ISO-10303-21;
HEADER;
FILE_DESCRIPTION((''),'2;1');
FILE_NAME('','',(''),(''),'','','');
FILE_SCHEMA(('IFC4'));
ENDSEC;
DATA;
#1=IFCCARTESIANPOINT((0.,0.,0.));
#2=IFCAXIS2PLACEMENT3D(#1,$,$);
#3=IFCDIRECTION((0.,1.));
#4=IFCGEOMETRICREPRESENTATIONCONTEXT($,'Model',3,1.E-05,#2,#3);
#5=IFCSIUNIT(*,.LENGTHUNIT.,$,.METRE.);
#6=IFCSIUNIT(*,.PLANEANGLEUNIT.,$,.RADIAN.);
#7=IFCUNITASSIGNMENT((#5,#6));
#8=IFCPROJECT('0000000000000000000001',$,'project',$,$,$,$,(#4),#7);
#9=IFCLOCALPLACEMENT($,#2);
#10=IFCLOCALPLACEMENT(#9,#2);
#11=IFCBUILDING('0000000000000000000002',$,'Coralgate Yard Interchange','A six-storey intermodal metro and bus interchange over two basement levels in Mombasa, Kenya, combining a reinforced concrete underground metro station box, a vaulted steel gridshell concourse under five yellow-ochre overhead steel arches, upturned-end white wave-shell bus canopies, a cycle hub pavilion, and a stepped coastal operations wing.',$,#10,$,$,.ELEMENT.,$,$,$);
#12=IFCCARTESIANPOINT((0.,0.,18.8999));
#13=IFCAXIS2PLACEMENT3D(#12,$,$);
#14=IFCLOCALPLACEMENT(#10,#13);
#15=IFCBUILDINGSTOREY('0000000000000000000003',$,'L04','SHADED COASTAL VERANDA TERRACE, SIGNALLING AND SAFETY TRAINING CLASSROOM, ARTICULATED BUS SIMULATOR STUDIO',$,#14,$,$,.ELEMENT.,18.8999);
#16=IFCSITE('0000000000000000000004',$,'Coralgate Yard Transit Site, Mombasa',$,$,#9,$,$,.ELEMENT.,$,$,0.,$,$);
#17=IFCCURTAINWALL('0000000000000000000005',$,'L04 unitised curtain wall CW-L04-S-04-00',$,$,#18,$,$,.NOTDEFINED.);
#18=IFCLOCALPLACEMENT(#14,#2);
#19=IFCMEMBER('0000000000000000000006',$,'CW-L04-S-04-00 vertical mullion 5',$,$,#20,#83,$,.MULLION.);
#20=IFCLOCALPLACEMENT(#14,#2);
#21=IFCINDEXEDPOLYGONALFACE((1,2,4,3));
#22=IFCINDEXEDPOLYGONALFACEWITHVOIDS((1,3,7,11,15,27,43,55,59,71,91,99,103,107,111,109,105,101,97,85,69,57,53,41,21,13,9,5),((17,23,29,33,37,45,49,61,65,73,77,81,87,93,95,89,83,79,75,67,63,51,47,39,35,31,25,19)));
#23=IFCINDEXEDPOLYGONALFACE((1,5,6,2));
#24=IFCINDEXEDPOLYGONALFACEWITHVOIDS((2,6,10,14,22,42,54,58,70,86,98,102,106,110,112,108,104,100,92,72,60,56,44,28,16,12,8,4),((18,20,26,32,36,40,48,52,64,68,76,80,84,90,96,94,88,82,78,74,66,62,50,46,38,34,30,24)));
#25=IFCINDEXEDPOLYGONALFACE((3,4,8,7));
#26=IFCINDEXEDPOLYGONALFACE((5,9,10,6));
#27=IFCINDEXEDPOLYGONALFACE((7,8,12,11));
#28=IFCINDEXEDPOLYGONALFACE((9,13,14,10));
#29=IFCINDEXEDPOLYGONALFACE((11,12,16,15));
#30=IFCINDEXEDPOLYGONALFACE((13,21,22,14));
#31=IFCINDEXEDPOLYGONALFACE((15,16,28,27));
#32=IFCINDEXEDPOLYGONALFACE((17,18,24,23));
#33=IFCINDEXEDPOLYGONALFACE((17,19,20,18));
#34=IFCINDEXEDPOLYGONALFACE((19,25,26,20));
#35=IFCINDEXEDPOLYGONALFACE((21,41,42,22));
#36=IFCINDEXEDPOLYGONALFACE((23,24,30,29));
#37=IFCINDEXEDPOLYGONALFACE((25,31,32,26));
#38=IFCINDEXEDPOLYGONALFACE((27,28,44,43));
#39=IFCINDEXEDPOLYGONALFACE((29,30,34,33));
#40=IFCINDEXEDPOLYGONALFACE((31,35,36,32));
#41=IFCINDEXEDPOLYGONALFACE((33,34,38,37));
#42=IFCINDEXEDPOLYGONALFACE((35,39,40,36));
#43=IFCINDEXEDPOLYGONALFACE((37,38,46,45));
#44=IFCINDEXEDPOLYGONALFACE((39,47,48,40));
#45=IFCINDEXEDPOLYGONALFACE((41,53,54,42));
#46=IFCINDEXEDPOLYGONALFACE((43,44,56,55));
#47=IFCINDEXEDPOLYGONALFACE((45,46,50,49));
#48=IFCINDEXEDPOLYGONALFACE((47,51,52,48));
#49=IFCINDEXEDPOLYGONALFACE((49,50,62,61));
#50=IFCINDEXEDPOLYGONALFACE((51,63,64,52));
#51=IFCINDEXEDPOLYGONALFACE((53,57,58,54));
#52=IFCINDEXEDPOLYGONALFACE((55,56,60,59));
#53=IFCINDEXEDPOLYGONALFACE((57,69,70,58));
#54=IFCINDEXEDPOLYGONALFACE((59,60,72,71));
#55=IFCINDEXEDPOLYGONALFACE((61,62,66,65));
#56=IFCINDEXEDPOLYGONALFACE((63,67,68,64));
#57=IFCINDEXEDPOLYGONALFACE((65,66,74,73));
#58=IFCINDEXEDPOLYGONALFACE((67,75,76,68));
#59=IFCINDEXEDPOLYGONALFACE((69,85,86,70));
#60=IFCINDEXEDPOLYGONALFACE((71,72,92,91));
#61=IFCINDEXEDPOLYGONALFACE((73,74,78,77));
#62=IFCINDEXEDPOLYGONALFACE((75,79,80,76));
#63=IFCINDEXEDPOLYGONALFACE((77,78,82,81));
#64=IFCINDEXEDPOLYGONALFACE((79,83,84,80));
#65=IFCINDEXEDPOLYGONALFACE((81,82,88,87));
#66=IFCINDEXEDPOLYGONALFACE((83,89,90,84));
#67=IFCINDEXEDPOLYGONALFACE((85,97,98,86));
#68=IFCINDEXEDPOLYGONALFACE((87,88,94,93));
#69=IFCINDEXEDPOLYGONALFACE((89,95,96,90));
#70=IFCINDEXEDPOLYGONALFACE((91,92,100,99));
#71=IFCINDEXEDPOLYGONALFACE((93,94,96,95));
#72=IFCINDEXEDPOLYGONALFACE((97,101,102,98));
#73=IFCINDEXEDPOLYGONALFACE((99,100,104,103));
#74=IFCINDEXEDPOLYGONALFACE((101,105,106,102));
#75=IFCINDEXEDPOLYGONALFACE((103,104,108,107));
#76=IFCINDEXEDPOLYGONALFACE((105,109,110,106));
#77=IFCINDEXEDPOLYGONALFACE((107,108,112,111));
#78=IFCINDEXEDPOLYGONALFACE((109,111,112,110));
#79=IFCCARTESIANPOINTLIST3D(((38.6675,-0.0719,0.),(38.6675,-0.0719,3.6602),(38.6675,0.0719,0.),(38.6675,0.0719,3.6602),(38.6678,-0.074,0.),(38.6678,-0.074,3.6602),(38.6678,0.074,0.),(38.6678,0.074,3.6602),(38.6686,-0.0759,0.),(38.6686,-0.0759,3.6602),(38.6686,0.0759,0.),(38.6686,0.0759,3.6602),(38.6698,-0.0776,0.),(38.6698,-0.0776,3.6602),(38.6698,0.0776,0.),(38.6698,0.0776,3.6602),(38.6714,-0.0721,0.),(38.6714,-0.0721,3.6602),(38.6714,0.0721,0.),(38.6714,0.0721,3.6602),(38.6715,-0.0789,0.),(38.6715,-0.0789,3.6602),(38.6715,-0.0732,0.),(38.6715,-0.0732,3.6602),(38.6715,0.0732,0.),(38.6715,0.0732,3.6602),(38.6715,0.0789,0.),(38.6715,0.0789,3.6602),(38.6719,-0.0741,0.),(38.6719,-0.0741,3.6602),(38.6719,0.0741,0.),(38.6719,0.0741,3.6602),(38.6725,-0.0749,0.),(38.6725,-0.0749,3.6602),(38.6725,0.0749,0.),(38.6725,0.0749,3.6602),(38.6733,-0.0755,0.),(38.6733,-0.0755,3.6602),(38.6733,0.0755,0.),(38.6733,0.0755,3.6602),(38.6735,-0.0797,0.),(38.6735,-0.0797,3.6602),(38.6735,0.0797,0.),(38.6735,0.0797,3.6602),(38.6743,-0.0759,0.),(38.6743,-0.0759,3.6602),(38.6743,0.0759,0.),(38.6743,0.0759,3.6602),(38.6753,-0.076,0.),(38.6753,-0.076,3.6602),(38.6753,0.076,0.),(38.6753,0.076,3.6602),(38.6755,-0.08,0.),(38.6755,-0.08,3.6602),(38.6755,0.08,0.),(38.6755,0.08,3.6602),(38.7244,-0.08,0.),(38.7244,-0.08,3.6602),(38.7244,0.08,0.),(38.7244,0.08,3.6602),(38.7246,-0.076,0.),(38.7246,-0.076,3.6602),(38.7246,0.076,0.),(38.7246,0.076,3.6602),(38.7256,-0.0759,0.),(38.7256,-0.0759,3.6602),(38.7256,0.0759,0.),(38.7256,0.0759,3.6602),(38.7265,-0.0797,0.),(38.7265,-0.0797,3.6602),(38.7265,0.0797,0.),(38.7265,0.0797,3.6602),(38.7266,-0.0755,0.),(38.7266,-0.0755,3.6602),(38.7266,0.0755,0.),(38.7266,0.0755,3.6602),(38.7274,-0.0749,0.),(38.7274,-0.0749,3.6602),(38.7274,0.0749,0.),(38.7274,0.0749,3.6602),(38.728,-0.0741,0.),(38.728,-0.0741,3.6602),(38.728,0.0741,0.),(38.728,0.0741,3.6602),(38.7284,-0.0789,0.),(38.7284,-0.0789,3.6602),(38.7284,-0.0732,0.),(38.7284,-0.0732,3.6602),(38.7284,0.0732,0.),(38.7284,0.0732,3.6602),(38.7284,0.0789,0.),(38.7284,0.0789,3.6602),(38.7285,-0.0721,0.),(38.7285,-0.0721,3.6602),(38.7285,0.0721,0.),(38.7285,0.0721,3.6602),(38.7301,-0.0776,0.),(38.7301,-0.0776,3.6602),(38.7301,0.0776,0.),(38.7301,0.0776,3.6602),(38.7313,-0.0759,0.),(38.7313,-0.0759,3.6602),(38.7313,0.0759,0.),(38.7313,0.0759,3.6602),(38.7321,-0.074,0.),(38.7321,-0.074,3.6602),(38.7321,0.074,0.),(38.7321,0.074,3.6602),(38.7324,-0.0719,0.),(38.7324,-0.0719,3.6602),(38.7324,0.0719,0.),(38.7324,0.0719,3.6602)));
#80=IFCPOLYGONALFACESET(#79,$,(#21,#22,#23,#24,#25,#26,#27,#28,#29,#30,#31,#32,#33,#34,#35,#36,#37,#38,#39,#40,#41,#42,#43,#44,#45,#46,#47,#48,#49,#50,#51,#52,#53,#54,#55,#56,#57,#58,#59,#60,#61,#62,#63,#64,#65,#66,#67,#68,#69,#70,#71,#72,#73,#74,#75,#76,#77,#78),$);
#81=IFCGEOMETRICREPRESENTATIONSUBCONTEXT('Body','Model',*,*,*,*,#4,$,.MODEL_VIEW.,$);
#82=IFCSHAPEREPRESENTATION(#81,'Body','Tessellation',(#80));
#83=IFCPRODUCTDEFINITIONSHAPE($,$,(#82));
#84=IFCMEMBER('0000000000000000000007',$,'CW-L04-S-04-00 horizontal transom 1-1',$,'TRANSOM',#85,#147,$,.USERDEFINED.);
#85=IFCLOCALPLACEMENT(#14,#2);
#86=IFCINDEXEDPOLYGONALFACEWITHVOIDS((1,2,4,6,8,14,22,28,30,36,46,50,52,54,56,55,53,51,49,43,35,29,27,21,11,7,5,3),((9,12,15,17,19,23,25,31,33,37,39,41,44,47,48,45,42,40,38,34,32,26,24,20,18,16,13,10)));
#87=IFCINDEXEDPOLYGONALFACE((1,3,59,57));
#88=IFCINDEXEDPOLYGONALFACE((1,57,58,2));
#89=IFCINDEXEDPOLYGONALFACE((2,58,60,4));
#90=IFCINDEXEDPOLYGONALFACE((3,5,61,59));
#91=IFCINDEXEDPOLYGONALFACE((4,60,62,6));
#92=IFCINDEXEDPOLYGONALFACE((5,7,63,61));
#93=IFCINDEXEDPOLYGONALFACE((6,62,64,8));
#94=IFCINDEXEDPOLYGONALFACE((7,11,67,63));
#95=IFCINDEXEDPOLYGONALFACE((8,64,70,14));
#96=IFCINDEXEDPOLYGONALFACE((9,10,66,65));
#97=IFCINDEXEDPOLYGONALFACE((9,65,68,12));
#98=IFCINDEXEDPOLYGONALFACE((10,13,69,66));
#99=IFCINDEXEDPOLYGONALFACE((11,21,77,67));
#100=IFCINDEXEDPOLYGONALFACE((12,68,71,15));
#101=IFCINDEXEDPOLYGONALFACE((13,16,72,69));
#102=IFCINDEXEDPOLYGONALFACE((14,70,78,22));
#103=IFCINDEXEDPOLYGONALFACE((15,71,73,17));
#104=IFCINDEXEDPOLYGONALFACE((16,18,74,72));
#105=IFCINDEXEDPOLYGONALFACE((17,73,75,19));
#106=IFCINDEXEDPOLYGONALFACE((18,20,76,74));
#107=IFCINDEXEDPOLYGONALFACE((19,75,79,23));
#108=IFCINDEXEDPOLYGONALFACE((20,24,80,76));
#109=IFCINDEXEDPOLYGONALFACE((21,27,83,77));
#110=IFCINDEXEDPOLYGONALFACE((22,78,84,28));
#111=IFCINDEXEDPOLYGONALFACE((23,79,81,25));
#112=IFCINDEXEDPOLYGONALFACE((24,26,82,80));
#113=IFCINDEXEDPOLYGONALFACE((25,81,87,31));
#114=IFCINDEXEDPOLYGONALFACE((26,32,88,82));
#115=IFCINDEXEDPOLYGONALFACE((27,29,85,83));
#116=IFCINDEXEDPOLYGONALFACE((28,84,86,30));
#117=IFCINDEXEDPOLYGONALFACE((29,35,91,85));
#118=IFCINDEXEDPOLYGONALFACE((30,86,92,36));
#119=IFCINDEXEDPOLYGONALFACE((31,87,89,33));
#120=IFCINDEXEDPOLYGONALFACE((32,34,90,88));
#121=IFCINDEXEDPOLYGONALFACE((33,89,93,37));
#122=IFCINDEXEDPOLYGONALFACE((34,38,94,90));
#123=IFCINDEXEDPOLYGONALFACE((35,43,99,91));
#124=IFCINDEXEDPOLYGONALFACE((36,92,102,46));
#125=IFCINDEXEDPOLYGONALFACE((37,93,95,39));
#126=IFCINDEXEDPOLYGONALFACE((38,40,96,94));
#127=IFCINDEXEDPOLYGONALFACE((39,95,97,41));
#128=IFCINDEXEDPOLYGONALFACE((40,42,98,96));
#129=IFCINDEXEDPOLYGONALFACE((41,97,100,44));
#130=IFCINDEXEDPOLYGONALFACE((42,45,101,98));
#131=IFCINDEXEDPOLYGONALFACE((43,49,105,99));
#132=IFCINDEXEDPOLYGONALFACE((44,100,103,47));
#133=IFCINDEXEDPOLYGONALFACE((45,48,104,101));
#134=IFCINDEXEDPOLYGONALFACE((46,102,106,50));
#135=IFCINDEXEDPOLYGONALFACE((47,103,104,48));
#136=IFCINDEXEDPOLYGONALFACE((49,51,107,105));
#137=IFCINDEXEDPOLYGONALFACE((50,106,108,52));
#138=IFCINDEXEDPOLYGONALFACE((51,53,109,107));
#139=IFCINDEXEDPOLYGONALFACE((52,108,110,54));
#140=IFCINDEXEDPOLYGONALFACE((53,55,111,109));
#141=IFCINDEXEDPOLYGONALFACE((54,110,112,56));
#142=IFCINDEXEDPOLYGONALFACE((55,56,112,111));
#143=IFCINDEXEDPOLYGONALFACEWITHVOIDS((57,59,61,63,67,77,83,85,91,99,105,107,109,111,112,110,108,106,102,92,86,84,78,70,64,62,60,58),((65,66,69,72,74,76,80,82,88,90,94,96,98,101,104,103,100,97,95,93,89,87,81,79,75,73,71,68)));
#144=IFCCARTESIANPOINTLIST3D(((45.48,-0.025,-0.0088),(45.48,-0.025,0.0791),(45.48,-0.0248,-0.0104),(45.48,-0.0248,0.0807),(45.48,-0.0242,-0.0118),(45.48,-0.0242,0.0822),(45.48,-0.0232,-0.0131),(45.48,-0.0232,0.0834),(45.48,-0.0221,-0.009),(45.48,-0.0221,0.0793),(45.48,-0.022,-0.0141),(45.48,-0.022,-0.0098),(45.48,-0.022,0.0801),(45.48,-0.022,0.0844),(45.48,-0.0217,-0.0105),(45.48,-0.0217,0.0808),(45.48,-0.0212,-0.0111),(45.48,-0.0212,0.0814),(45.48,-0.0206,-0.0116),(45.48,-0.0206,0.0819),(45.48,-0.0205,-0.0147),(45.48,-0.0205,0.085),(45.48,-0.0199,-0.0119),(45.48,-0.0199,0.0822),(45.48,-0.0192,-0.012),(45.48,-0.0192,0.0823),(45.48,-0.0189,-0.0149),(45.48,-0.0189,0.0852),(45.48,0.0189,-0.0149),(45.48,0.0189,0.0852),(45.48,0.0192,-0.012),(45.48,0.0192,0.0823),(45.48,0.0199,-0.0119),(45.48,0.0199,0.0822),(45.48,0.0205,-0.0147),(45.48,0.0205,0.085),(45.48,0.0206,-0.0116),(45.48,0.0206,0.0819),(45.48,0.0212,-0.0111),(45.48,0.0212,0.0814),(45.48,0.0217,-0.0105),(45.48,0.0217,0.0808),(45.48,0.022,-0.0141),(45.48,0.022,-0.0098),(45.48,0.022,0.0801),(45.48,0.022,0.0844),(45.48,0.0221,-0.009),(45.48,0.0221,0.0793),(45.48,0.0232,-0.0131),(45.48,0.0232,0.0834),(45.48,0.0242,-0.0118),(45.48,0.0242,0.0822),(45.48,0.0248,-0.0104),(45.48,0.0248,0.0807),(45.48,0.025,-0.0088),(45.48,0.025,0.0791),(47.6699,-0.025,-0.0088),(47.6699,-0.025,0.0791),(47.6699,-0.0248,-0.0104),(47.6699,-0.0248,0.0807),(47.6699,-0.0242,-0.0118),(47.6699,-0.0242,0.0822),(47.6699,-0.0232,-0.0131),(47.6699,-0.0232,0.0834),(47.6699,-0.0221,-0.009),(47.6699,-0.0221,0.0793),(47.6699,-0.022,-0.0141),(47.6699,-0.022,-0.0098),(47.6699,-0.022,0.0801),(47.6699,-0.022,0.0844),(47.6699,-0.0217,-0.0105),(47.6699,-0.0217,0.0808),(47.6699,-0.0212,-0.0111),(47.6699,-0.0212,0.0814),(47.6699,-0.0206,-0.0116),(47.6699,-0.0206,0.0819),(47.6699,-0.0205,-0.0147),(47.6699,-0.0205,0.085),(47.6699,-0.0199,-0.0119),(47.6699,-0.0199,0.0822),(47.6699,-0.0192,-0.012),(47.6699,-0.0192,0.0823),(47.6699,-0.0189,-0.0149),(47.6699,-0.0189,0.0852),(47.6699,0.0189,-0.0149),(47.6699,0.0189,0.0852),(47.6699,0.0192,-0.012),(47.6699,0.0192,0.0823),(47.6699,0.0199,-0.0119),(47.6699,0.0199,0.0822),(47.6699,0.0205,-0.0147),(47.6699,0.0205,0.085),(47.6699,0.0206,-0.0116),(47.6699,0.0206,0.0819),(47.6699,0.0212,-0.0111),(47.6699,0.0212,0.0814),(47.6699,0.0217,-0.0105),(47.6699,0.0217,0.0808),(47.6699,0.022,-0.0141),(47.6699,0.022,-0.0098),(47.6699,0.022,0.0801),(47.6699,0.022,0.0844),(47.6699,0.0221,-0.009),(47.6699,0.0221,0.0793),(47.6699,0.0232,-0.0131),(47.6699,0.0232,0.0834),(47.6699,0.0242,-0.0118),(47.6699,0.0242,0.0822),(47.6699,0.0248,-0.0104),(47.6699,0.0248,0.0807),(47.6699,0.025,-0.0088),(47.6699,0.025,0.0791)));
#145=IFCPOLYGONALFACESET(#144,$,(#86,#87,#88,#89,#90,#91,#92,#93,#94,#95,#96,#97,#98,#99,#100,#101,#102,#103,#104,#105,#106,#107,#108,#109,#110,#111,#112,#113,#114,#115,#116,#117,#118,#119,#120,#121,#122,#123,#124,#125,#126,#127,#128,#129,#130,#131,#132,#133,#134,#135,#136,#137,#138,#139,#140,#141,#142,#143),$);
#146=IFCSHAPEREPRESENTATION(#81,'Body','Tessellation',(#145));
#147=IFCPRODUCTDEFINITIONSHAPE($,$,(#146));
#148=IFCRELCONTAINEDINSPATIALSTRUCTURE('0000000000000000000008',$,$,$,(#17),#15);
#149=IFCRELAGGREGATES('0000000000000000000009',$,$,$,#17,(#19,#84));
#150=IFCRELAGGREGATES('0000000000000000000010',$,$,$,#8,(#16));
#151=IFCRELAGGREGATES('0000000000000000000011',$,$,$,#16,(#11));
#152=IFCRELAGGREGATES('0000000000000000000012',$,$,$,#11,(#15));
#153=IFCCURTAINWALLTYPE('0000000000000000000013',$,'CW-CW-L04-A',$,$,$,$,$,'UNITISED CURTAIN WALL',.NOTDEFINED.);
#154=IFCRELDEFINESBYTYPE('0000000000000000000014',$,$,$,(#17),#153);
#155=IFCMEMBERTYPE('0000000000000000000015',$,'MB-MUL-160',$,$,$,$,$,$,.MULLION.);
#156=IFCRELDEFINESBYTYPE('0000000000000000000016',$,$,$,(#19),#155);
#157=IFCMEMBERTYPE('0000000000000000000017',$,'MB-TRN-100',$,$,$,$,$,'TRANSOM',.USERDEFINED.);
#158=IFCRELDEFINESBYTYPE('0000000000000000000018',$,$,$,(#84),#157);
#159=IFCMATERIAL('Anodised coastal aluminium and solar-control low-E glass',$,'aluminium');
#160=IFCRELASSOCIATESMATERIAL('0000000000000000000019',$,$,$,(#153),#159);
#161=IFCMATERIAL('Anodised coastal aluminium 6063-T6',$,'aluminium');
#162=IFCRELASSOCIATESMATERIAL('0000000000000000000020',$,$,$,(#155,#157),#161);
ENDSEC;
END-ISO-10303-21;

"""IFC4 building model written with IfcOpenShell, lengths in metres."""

from ifc_helpers import new_model, si_unit, direction, frame, origin, origin_2d, place, context, subcontext, project, spatial, hollow_rectangle, extrude, material, material_profile, profile_set, type_object, element, aggregate, save


model = new_model("IFC4")

# Units and contexts
model_context = context("Model", 3, precision=1e-05, world=origin(), true_north=direction((0.0, 1.0)))
body_context = subcontext(model_context, "Body", "Model", "MODEL_VIEW")
ifc_project = project(units=[si_unit("LENGTHUNIT", "METRE"), si_unit("PLANEANGLEUNIT", "RADIAN")], contexts=[model_context])

# Site, building, storey
site_placement = place(None, origin())
site = spatial("IfcSite", under=ifc_project, at=site_placement, Name="Coralgate Yard Transit Site, Mombasa", CompositionType="ELEMENT", RefElevation=0.0)
building_placement = place(site_placement, origin())
building = spatial("IfcBuilding", under=site, at=building_placement, Name="Coralgate Yard Interchange", Description="A six-storey intermodal metro and bus interchange over two basement levels in Mombasa, Kenya, combining a reinforced concrete underground metro station box, a vaulted steel gridshell concourse under five yellow-ochre overhead steel arches, upturned-end white wave-shell bus canopies, a cycle hub pavilion, and a stepped coastal operations wing.", CompositionType="ELEMENT")
storey_placement = place(building_placement, frame((0.0, 0.0, 18.8999)))
storey = spatial("IfcBuildingStorey", under=building, at=storey_placement, Name="L04", Description="SHADED COASTAL VERANDA TERRACE, SIGNALLING AND SAFETY TRAINING CLASSROOM, ARTICULATED BUS SIMULATOR STUDIO", CompositionType="ELEMENT", Elevation=18.8999)

# Curtain wall, members
ifc_material_1 = material(Name="Anodised coastal aluminium and solar-control low-E glass", Category="aluminium")
curtain_wall_type = type_object("IfcCurtainWallType", Name="CW-CW-L04-A", ElementType="UNITISED CURTAIN WALL", PredefinedType="NOTDEFINED", material=ifc_material_1)
curtain_wall_placement = place(storey_placement, origin())
curtain_wall = element("IfcCurtainWall", 1, at=curtain_wall_placement, inside=storey, type_object=curtain_wall_type, Name="L04 unitised curtain wall CW-L04-S-04-00", PredefinedType="NOTDEFINED")
ifc_material_2 = material(Name="Anodised coastal aluminium 6063-T6", Category="aluminium")
ifc_material_profile_1 = material_profile(ifc_material_2, hollow_rectangle(XDim=0.0649, YDim=0.1599, WallThickness=0.0039, InnerFilletRadius=0.0039, OuterFilletRadius=0.0081, at=origin_2d()), Name="ALU 65x160x4")
ifc_profile_set_1 = profile_set([ifc_material_profile_1], Name="Anodised coastal aluminium 6063-T6")
member_type_1 = type_object("IfcMemberType", Name="MB-MUL-160", PredefinedType="MULLION", material=ifc_profile_set_1)
member_1_placement = place(storey_placement, frame((38.7, 0.0, 0.0), z_axis=(0.0, 0.0, 1.0), x_axis=(1.0, 0.0, 0.0)))
member_1 = element("IfcMember", 2, at=member_1_placement, type_object=member_type_1, Name="CW-L04-S-04-00 vertical mullion 5", PredefinedType="MULLION", context=body_context, shape_type="SweptSolid", body=[
    extrude(hollow_rectangle(XDim=0.0649, YDim=0.1599, WallThickness=0.0039, InnerFilletRadius=0.0039, OuterFilletRadius=0.0081, at=origin_2d()), origin(), (0.0, 0.0, 1.0), 3.6602),
])
ifc_material_profile_2 = material_profile(ifc_material_2, hollow_rectangle(XDim=0.05, YDim=0.1001, WallThickness=0.0029, InnerFilletRadius=0.0029, OuterFilletRadius=0.0061, at=origin_2d()), Name="ALU 50x100x3")
ifc_profile_set_2 = profile_set([ifc_material_profile_2], Name="Anodised coastal aluminium 6063-T6")
member_type_2 = type_object("IfcMemberType", Name="MB-TRN-100", ElementType="TRANSOM", PredefinedType="USERDEFINED", material=ifc_profile_set_2)
member_2_placement = place(storey_placement, frame((47.6699, 0.0, 0.0352), z_axis=(-1.0, 0.0, 0.0), x_axis=(0.0, -1.0, 0.0)))
member_2 = element("IfcMember", 3, at=member_2_placement, type_object=member_type_2, Name="CW-L04-S-04-00 horizontal transom 1-1", ObjectType="TRANSOM", PredefinedType="USERDEFINED", context=body_context, shape_type="SweptSolid", body=[
    extrude(hollow_rectangle(XDim=0.05, YDim=0.1001, WallThickness=0.0029, InnerFilletRadius=0.0029, OuterFilletRadius=0.0061, at=origin_2d()), origin(), (0.0, 0.0, 1.0), 2.1899),
])
aggregate(curtain_wall, [member_1, member_2])

save(model, "model.ifc")
